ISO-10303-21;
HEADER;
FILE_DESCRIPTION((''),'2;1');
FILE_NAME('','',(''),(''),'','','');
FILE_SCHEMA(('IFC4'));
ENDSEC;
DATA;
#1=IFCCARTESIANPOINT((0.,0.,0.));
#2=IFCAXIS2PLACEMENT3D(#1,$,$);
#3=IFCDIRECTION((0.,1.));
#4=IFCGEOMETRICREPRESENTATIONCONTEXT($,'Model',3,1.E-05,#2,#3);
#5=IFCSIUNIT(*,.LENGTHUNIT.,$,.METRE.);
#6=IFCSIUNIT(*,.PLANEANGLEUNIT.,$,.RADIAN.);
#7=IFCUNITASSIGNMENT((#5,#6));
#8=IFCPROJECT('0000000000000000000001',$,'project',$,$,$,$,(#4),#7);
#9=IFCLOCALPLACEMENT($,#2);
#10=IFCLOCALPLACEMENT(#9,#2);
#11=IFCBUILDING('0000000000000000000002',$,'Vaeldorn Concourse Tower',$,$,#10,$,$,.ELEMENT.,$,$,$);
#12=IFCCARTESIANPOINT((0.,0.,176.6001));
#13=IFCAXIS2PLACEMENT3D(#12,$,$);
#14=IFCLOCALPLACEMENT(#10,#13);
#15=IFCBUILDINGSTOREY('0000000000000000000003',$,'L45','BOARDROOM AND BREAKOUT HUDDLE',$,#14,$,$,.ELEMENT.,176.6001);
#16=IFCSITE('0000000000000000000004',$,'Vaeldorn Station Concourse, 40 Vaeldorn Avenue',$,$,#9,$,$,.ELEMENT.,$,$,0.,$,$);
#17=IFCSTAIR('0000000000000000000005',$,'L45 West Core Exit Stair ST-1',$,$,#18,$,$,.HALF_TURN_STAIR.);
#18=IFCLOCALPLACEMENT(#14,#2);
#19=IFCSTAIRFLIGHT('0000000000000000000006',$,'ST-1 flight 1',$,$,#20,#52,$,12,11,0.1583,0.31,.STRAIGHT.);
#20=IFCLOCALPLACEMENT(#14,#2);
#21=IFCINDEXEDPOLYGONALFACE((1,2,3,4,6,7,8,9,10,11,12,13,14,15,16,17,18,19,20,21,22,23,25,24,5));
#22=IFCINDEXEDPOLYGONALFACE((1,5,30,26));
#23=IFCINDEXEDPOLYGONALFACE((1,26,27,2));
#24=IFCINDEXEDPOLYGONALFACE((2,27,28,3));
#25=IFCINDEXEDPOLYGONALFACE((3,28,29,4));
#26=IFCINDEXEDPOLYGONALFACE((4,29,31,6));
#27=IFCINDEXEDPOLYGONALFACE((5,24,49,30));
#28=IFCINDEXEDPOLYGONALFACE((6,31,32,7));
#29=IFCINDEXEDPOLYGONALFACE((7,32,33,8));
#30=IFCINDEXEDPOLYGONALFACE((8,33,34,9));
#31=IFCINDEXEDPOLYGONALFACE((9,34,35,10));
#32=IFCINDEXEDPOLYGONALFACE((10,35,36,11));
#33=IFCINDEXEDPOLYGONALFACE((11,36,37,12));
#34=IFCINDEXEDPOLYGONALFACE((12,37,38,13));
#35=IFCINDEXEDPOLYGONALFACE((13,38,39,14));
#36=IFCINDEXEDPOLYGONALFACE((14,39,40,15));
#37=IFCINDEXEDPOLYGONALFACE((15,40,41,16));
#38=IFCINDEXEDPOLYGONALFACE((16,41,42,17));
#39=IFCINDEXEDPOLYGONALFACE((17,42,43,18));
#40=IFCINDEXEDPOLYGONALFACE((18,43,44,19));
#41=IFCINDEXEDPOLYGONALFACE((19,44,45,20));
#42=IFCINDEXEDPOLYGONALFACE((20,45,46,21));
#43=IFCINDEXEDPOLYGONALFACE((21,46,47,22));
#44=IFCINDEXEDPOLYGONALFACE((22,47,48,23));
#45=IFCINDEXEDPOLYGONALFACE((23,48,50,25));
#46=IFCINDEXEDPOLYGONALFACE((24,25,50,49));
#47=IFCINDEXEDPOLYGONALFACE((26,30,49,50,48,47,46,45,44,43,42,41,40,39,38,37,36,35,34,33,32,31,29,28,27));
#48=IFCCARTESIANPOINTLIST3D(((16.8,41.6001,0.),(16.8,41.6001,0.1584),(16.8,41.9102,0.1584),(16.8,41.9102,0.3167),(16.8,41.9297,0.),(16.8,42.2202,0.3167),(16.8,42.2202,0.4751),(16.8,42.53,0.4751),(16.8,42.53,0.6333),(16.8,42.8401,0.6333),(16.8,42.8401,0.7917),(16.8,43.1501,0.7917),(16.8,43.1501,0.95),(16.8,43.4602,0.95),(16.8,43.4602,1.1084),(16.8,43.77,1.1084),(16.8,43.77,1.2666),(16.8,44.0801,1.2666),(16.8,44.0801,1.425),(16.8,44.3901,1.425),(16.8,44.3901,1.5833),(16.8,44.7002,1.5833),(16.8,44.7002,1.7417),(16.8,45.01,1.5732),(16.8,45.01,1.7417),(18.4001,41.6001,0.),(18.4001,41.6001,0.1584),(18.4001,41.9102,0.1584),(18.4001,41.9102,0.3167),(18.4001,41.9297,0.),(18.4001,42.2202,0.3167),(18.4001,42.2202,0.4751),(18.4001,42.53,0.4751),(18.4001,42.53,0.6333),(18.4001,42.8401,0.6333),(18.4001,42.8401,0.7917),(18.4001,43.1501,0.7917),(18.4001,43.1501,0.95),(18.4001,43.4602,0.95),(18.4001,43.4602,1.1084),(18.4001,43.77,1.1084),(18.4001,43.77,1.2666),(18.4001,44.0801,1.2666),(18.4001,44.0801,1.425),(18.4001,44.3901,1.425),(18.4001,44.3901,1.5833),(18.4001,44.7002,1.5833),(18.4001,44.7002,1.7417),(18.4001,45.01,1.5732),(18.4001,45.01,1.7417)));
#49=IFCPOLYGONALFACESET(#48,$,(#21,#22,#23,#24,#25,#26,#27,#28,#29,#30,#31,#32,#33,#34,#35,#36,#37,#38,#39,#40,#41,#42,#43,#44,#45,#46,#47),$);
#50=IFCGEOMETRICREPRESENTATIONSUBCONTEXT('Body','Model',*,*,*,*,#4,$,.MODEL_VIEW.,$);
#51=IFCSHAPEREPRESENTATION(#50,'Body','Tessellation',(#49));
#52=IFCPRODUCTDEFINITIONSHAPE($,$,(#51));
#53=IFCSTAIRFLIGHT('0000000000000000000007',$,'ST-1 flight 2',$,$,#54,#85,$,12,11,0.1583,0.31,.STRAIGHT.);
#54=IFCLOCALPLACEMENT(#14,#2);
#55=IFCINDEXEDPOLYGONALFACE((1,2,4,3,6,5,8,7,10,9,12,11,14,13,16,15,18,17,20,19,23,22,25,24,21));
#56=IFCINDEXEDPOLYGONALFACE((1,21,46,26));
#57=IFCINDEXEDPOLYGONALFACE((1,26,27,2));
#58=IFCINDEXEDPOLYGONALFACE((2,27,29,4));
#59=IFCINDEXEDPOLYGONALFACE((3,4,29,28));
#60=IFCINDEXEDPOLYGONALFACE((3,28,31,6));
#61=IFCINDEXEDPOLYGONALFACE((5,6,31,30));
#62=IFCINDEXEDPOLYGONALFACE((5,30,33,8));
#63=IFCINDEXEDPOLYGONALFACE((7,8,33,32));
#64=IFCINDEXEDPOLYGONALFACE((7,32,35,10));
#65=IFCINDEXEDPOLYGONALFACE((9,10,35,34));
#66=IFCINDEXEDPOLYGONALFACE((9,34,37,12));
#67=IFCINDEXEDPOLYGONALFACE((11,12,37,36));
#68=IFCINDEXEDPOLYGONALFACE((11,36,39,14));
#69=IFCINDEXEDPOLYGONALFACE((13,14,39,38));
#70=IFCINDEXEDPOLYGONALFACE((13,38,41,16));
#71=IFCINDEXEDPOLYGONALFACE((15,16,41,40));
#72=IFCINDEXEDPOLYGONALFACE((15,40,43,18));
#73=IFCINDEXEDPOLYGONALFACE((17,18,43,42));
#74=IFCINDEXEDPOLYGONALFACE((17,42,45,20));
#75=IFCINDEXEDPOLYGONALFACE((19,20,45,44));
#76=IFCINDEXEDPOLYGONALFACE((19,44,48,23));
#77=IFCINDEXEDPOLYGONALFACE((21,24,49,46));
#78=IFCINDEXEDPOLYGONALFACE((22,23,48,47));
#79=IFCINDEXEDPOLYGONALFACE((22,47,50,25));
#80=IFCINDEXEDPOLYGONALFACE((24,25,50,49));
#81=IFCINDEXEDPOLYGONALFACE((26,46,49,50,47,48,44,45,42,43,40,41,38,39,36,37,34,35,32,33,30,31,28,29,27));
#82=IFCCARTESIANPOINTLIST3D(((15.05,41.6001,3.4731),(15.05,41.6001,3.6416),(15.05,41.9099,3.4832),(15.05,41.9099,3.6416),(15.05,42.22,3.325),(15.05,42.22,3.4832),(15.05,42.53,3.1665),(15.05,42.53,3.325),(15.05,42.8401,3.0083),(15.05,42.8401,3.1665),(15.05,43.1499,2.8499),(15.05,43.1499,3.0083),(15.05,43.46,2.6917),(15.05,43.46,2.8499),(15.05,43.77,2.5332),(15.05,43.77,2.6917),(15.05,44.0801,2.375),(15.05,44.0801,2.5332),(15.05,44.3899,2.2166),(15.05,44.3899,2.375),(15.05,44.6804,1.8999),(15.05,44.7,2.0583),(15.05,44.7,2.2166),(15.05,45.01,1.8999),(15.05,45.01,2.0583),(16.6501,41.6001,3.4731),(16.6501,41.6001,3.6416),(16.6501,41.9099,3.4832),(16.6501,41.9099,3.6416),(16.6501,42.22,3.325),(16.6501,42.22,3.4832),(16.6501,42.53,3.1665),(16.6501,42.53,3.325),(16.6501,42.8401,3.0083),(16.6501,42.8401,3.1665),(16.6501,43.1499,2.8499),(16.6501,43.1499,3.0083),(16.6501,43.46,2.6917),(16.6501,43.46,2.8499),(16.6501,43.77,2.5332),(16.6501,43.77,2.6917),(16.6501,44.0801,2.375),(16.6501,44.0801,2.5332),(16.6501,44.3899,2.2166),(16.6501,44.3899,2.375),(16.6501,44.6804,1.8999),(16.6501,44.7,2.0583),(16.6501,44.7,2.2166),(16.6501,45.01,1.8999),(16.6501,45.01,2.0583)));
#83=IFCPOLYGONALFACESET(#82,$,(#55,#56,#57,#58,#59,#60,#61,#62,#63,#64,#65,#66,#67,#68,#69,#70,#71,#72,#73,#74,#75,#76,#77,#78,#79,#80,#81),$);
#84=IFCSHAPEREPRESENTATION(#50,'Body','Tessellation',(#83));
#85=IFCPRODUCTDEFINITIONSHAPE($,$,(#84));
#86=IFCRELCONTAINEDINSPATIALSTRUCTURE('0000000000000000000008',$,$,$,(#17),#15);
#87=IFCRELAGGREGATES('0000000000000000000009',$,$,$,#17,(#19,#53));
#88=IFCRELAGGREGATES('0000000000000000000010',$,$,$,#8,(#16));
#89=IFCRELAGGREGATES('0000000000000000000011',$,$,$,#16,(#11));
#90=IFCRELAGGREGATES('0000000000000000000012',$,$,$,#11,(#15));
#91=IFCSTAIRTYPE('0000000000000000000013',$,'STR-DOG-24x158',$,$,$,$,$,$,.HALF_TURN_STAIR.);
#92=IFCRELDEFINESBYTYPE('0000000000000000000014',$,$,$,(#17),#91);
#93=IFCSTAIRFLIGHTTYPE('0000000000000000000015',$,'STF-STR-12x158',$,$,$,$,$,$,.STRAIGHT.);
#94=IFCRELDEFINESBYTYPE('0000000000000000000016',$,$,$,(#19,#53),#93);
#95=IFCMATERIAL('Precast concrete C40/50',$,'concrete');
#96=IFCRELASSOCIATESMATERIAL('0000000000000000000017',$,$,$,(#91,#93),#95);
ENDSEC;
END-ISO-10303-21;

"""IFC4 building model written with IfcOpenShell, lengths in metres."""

from ifc_helpers import new_model, si_unit, direction, frame, origin, place, context, subcontext, project, spatial, polyline, outline, extrude, material, type_object, element, aggregate, save


model = new_model("IFC4")

# Units and contexts
model_context = context("Model", 3, precision=1e-05, world=origin(), true_north=direction((0.0, 1.0)))
body_context = subcontext(model_context, "Body", "Model", "MODEL_VIEW")
ifc_project = project(units=[si_unit("LENGTHUNIT", "METRE"), si_unit("PLANEANGLEUNIT", "RADIAN")], contexts=[model_context])

# Site, building, storey
site_placement = place(None, origin())
site = spatial("IfcSite", under=ifc_project, at=site_placement, Name="Vaeldorn Station Concourse, 40 Vaeldorn Avenue", CompositionType="ELEMENT", RefElevation=0.0)
building_placement = place(site_placement, origin())
building = spatial("IfcBuilding", under=site, at=building_placement, Name="Vaeldorn Concourse Tower", CompositionType="ELEMENT")
storey_placement = place(building_placement, frame((0.0, 0.0, 176.6001)))
storey = spatial("IfcBuildingStorey", under=building, at=storey_placement, Name="L45", Description="BOARDROOM AND BREAKOUT HUDDLE", CompositionType="ELEMENT", Elevation=176.6001)

# Stair, stair flights
ifc_material_1 = material(Name="Precast concrete C40/50", Category="concrete")
stair_type = type_object("IfcStairType", Name="STR-DOG-24x158", PredefinedType="HALF_TURN_STAIR", material=ifc_material_1)
stair_placement = place(storey_placement, origin())
stair = element("IfcStair", 1, at=stair_placement, inside=storey, type_object=stair_type, Name="L45 West Core Exit Stair ST-1", PredefinedType="HALF_TURN_STAIR")
stair_flight_type = type_object("IfcStairFlightType", Name="STF-STR-12x158", PredefinedType="STRAIGHT", material=ifc_material_1)
stair_flight_1_placement = place(storey_placement, frame((17.6001, 41.6001, 0.0), z_axis=(0.0, 0.0, 1.0), x_axis=(0.0, 1.0, 0.0)))
stair_flight_1 = element("IfcStairFlight", 2, at=stair_flight_1_placement, type_object=stair_flight_type, Name="ST-1 flight 1", NumberOfRisers=12, NumberOfTreads=11, PredefinedType="STRAIGHT", RiserHeight=0.1583, TreadLength=0.31, context=body_context, shape_type="SweptSolid", body=[
    extrude(outline(polyline([(0.0, 0.0), (0.0, 0.1584), (0.3101, 0.1584), (0.3101, 0.3167), (0.6201, 0.3167), (0.6201, 0.4751), (0.9299, 0.4751), (0.9299, 0.6333), (1.24, 0.6333), (1.24, 0.7917), (1.55, 0.7917), (1.55, 0.95), (1.8601, 0.95), (1.8601, 1.1084), (2.1699, 1.1084), (2.1699, 1.2666), (2.48, 1.2666), (2.48, 1.425), (2.79, 1.425), (2.79, 1.5833), (3.1001, 1.5833), (3.1001, 1.7417), (3.4099, 1.7417), (3.4099, 1.8999), (3.4099, 1.5732), (0.3296, 0.0), (0.0, 0.0)])), frame((0.0, 0.8, 0.0), z_axis=(0.0, -1.0, 0.0), x_axis=(1.0, 0.0, 0.0)), (0.0, 0.0, 1.0), 1.6001),
])
stair_flight_2_placement = place(storey_placement, frame((15.8501, 45.01, 1.8999), z_axis=(0.0, 0.0, 1.0), x_axis=(0.0, -1.0, 0.0)))
stair_flight_2 = element("IfcStairFlight", 3, at=stair_flight_2_placement, type_object=stair_flight_type, Name="ST-1 flight 2", NumberOfRisers=12, NumberOfTreads=11, PredefinedType="STRAIGHT", RiserHeight=0.1583, TreadLength=0.31, context=body_context, shape_type="SweptSolid", body=[
    extrude(outline(polyline([(0.0, 0.0), (0.0, 0.1584), (0.3101, 0.1584), (0.3101, 0.3167), (0.6201, 0.3167), (0.6201, 0.4751), (0.9299, 0.4751), (0.9299, 0.6333), (1.24, 0.6333), (1.24, 0.7917), (1.55, 0.7917), (1.55, 0.95), (1.8601, 0.95), (1.8601, 1.1084), (2.1699, 1.1084), (2.1699, 1.2666), (2.48, 1.2666), (2.48, 1.425), (2.79, 1.425), (2.79, 1.5833), (3.1001, 1.5833), (3.1001, 1.7417), (3.4099, 1.7417), (3.4099, 1.8999), (3.4099, 1.5732), (0.3296, 0.0), (0.0, 0.0)])), frame((0.0, 0.8, 0.0), z_axis=(0.0, -1.0, 0.0), x_axis=(1.0, 0.0, 0.0)), (0.0, 0.0, 1.0), 1.6001),
])
aggregate(stair, [stair_flight_1, stair_flight_2])

save(model, "model.ifc")
